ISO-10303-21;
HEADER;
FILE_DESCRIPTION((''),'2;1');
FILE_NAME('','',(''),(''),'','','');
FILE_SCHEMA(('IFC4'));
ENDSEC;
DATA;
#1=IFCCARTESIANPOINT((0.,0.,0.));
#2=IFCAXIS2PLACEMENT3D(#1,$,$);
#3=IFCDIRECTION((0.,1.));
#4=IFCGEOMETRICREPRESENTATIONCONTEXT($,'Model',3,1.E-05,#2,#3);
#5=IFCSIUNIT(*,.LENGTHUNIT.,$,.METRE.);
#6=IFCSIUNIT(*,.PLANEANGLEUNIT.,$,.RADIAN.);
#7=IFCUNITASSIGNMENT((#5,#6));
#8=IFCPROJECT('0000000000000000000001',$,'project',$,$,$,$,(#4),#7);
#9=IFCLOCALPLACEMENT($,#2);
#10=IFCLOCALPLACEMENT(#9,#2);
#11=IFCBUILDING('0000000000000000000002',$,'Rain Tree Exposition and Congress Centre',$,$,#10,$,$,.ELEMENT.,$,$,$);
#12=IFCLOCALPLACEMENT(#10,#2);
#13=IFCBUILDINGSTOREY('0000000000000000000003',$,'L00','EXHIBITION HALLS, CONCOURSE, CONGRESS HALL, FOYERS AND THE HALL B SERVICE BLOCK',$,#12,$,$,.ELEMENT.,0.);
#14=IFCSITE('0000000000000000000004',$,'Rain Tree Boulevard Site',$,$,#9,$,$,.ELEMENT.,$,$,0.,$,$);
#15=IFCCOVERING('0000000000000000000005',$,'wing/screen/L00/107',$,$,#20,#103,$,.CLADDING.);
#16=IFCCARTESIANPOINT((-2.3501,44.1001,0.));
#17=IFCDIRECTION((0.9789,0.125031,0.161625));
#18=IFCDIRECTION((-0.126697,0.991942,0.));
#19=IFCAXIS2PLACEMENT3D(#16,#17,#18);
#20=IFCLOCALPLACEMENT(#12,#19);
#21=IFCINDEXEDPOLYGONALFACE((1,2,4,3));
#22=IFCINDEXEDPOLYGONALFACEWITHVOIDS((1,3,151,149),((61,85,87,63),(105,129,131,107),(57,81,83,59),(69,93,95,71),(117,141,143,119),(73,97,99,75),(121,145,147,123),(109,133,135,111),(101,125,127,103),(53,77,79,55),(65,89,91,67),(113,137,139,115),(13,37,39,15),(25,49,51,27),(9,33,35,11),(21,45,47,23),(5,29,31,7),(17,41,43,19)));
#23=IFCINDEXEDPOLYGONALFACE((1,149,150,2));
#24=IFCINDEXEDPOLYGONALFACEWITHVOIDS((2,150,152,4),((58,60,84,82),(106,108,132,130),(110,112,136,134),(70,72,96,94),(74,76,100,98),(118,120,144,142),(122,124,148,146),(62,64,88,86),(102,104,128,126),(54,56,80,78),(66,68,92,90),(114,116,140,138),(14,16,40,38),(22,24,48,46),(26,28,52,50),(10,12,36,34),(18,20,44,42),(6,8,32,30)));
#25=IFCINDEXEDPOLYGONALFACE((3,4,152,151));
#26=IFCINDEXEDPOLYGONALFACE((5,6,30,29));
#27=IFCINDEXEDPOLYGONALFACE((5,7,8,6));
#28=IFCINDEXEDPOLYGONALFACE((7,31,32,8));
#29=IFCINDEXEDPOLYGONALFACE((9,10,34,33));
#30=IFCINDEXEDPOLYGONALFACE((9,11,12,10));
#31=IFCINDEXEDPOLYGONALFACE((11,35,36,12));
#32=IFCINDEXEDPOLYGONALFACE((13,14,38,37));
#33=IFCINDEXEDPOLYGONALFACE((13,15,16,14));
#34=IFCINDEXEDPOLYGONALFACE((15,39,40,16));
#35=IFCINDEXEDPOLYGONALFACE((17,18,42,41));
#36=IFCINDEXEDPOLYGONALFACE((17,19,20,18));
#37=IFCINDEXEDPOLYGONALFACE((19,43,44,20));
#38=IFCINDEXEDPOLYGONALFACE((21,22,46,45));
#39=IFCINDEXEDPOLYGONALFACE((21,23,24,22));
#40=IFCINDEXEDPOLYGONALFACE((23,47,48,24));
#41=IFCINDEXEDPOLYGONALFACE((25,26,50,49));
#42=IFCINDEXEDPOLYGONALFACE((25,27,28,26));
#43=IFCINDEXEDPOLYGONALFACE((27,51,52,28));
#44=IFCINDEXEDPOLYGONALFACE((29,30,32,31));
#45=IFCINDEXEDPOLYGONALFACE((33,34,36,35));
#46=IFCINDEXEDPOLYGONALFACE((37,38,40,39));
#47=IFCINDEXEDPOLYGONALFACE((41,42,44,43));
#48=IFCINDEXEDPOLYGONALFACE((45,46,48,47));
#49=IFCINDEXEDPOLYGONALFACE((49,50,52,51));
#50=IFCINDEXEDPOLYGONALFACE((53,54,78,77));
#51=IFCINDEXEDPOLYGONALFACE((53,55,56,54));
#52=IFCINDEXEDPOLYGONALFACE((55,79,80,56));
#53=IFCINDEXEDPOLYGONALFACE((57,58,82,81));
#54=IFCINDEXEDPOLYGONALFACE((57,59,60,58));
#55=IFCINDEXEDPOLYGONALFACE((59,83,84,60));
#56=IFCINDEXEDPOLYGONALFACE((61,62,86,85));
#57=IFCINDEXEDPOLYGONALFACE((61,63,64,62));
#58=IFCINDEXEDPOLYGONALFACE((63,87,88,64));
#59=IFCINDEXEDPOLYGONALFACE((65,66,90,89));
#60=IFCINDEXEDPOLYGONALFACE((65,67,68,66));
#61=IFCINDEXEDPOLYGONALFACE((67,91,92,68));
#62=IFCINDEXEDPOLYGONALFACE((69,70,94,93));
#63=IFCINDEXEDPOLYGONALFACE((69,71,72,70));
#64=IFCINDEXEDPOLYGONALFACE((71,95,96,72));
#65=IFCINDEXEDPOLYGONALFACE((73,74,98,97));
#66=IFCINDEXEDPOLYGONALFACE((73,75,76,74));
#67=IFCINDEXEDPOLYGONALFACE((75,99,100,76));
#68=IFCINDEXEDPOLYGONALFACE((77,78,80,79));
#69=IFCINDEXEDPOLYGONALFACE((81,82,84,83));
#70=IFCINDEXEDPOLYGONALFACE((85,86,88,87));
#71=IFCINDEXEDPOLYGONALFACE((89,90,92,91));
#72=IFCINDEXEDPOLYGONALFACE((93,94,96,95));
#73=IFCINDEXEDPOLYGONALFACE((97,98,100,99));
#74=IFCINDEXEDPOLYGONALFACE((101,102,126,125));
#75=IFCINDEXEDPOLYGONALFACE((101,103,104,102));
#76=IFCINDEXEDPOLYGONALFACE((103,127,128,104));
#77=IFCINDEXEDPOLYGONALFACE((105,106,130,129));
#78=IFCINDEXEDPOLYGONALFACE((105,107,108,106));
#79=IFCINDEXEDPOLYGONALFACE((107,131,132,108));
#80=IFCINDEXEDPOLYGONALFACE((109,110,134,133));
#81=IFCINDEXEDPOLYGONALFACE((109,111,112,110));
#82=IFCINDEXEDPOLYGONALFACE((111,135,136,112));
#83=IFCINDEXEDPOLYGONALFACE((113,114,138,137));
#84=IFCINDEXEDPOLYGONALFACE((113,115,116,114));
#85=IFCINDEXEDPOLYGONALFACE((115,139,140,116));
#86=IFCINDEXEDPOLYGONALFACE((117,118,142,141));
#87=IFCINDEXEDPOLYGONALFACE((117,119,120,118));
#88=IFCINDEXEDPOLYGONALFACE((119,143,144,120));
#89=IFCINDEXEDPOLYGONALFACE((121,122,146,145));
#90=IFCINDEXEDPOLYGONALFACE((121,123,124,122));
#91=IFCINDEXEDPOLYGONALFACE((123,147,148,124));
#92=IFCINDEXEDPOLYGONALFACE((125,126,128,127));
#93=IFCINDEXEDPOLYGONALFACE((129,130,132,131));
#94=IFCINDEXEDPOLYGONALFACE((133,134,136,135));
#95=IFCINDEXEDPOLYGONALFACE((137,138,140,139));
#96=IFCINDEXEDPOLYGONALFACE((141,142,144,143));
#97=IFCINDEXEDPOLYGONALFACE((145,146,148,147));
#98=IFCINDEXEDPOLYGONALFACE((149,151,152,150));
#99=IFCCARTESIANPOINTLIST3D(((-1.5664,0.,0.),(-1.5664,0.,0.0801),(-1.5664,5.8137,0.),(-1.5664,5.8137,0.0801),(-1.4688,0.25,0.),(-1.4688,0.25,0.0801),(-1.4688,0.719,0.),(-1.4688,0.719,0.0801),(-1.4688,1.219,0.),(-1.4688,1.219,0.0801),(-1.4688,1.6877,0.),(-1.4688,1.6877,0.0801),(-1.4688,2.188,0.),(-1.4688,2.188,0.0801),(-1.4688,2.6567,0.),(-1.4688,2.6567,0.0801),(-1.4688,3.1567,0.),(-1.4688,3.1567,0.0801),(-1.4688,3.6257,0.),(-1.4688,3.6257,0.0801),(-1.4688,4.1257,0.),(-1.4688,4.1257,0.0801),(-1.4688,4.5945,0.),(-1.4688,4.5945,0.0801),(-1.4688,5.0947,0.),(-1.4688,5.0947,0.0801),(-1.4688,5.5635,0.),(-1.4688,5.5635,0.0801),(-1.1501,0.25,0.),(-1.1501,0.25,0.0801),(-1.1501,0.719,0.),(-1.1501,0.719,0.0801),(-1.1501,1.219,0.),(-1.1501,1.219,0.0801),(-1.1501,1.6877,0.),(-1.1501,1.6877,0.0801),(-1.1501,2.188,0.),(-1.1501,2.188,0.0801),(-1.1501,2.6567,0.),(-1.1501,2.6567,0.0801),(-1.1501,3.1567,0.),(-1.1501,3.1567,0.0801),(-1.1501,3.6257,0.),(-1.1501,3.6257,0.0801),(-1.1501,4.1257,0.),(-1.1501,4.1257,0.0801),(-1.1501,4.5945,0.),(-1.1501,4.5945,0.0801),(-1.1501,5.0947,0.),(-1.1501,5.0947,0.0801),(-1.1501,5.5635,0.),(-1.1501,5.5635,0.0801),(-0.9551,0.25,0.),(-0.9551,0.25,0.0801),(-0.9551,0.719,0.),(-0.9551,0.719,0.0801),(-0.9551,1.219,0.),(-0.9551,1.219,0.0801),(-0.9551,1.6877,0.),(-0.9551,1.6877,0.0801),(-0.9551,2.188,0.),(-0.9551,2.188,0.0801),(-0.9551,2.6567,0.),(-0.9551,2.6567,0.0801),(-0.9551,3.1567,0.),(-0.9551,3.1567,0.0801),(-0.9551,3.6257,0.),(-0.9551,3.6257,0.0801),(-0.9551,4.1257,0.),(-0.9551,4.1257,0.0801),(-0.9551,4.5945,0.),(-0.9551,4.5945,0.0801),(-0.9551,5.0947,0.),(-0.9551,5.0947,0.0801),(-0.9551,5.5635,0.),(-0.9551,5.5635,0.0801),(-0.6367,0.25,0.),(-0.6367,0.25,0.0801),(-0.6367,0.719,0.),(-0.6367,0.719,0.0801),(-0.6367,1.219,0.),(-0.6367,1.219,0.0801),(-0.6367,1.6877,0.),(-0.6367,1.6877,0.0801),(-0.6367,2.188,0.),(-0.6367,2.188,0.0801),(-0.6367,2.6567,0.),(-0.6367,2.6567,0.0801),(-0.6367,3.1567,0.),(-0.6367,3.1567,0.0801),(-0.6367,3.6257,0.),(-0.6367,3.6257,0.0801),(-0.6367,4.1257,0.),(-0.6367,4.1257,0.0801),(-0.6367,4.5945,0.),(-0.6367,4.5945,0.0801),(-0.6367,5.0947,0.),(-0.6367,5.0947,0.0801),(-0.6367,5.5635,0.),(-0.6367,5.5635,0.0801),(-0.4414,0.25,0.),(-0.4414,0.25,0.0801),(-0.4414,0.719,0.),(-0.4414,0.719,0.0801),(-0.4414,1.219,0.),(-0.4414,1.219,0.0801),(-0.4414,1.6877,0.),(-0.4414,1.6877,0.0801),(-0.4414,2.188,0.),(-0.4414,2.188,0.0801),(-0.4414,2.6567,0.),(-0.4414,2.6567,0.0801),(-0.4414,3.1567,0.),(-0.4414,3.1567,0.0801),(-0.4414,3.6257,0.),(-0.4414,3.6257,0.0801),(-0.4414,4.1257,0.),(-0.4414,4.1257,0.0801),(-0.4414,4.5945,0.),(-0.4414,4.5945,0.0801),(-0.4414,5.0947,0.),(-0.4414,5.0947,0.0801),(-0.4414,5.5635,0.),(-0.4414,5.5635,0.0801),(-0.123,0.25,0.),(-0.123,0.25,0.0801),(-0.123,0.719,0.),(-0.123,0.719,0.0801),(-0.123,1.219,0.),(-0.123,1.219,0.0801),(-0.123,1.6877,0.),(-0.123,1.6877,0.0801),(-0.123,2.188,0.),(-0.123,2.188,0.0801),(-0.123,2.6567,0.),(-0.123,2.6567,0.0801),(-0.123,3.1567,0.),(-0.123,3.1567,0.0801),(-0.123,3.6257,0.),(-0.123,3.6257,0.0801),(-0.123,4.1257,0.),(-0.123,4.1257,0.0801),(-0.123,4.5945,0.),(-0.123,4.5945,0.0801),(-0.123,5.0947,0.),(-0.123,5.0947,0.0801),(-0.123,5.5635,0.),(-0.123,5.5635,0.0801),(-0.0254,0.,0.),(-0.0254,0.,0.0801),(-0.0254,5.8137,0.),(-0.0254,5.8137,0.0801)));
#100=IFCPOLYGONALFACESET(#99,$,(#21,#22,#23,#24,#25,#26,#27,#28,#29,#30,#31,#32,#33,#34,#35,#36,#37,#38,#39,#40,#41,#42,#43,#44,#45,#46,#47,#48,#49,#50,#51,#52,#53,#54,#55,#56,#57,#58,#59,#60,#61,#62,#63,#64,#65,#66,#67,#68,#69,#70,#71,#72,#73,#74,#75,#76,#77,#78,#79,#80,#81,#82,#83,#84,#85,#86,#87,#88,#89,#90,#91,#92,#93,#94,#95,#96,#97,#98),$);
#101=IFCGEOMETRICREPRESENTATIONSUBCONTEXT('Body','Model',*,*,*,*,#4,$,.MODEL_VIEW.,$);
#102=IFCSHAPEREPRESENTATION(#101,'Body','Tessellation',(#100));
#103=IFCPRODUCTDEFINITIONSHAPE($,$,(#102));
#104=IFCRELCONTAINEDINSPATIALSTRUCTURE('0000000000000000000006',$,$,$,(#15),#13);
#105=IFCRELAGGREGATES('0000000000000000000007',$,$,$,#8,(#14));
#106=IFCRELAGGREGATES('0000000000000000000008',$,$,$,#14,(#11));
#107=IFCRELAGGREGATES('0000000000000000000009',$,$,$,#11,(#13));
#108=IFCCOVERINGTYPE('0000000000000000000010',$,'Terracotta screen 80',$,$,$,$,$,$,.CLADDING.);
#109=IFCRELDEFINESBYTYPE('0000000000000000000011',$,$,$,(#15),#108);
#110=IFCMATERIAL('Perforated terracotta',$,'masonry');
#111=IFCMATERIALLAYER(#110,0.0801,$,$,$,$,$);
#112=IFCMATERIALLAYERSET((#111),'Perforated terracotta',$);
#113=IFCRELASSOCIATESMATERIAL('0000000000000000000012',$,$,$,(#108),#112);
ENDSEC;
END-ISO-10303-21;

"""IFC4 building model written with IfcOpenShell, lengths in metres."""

from ifc_helpers import new_model, si_unit, direction, frame, origin, place, context, subcontext, project, spatial, polyline, outline, extrude, material, layer, layer_set, type_object, element, save


model = new_model("IFC4")

# Units and contexts
model_context = context("Model", 3, precision=1e-05, world=origin(), true_north=direction((0.0, 1.0)))
body_context = subcontext(model_context, "Body", "Model", "MODEL_VIEW")
ifc_project = project(units=[si_unit("LENGTHUNIT", "METRE"), si_unit("PLANEANGLEUNIT", "RADIAN")], contexts=[model_context])

# Site, building, storey
site_placement = place(None, origin())
site = spatial("IfcSite", under=ifc_project, at=site_placement, Name="Rain Tree Boulevard Site", CompositionType="ELEMENT", RefElevation=0.0)
building_placement = place(site_placement, origin())
building = spatial("IfcBuilding", under=site, at=building_placement, Name="Rain Tree Exposition and Congress Centre", CompositionType="ELEMENT")
storey_placement = place(building_placement, origin())
storey = spatial("IfcBuildingStorey", under=building, at=storey_placement, Name="L00", Description="EXHIBITION HALLS, CONCOURSE, CONGRESS HALL, FOYERS AND THE HALL B SERVICE BLOCK", CompositionType="ELEMENT", Elevation=0.0)

# Covering
ifc_material_1 = material(Name="Perforated terracotta", Category="masonry")
ifc_layer_1 = layer(ifc_material_1, 0.0801)
ifc_layer_set_1 = layer_set([ifc_layer_1], Name="Perforated terracotta")
covering_type = type_object("IfcCoveringType", Name="Terracotta screen 80", PredefinedType="CLADDING", material=ifc_layer_set_1)
covering_1_placement = place(storey_placement, frame((-2.3501, 44.1001, 0.0), z_axis=(0.9789, 0.125031, 0.161625), x_axis=(-0.126697, 0.991942, 0.0)))
element("IfcCovering", 1, at=covering_1_placement, inside=storey, type_object=covering_type, Name="wing/screen/L00/107", PredefinedType="CLADDING", context=body_context, shape_type="SweptSolid", body=[
    extrude(outline(polyline([(-1.5664, 0.0), (-1.5664, 5.8137), (-0.0254, 5.8137), (-0.0254, 0.0), (-1.5664, 0.0)]), holes=[polyline([(-0.123, 0.25), (-0.123, 0.719), (-0.4414, 0.719), (-0.4414, 0.25), (-0.123, 0.25)]), polyline([(-0.123, 1.219), (-0.123, 1.6877), (-0.4414, 1.6877), (-0.4414, 1.219), (-0.123, 1.219)]), polyline([(-0.123, 2.188), (-0.123, 2.6567), (-0.4414, 2.6567), (-0.4414, 2.188), (-0.123, 2.188)]), polyline([(-0.123, 3.1567), (-0.123, 3.6257), (-0.4414, 3.6257), (-0.4414, 3.1567), (-0.123, 3.1567)]), polyline([(-0.123, 4.1257), (-0.123, 4.5945), (-0.4414, 4.5945), (-0.4414, 4.1257), (-0.123, 4.1257)]), polyline([(-0.123, 5.0947), (-0.123, 5.5635), (-0.4414, 5.5635), (-0.4414, 5.0947), (-0.123, 5.0947)]), polyline([(-0.6367, 0.25), (-0.6367, 0.719), (-0.9551, 0.719), (-0.9551, 0.25), (-0.6367, 0.25)]), polyline([(-0.6367, 1.219), (-0.6367, 1.6877), (-0.9551, 1.6877), (-0.9551, 1.219), (-0.6367, 1.219)]), polyline([(-0.6367, 2.188), (-0.6367, 2.6567), (-0.9551, 2.6567), (-0.9551, 2.188), (-0.6367, 2.188)]), polyline([(-0.6367, 3.1567), (-0.6367, 3.6257), (-0.9551, 3.6257), (-0.9551, 3.1567), (-0.6367, 3.1567)]), polyline([(-0.6367, 4.1257), (-0.6367, 4.5945), (-0.9551, 4.5945), (-0.9551, 4.1257), (-0.6367, 4.1257)]), polyline([(-0.6367, 5.0947), (-0.6367, 5.5635), (-0.9551, 5.5635), (-0.9551, 5.0947), (-0.6367, 5.0947)]), polyline([(-1.1501, 0.25), (-1.1501, 0.719), (-1.4688, 0.719), (-1.4688, 0.25), (-1.1501, 0.25)]), polyline([(-1.1501, 1.219), (-1.1501, 1.6877), (-1.4688, 1.6877), (-1.4688, 1.219), (-1.1501, 1.219)]), polyline([(-1.1501, 2.188), (-1.1501, 2.6567), (-1.4688, 2.6567), (-1.4688, 2.188), (-1.1501, 2.188)]), polyline([(-1.1501, 3.1567), (-1.1501, 3.6257), (-1.4688, 3.6257), (-1.4688, 3.1567), (-1.1501, 3.1567)]), polyline([(-1.1501, 4.1257), (-1.1501, 4.5945), (-1.4688, 4.5945), (-1.4688, 4.1257), (-1.1501, 4.1257)]), polyline([(-1.1501, 5.0947), (-1.1501, 5.5635), (-1.4688, 5.5635), (-1.4688, 5.0947), (-1.1501, 5.0947)])]), origin(), (0.0, 0.0, 1.0), 0.0801),
])

save(model, "model.ifc")
